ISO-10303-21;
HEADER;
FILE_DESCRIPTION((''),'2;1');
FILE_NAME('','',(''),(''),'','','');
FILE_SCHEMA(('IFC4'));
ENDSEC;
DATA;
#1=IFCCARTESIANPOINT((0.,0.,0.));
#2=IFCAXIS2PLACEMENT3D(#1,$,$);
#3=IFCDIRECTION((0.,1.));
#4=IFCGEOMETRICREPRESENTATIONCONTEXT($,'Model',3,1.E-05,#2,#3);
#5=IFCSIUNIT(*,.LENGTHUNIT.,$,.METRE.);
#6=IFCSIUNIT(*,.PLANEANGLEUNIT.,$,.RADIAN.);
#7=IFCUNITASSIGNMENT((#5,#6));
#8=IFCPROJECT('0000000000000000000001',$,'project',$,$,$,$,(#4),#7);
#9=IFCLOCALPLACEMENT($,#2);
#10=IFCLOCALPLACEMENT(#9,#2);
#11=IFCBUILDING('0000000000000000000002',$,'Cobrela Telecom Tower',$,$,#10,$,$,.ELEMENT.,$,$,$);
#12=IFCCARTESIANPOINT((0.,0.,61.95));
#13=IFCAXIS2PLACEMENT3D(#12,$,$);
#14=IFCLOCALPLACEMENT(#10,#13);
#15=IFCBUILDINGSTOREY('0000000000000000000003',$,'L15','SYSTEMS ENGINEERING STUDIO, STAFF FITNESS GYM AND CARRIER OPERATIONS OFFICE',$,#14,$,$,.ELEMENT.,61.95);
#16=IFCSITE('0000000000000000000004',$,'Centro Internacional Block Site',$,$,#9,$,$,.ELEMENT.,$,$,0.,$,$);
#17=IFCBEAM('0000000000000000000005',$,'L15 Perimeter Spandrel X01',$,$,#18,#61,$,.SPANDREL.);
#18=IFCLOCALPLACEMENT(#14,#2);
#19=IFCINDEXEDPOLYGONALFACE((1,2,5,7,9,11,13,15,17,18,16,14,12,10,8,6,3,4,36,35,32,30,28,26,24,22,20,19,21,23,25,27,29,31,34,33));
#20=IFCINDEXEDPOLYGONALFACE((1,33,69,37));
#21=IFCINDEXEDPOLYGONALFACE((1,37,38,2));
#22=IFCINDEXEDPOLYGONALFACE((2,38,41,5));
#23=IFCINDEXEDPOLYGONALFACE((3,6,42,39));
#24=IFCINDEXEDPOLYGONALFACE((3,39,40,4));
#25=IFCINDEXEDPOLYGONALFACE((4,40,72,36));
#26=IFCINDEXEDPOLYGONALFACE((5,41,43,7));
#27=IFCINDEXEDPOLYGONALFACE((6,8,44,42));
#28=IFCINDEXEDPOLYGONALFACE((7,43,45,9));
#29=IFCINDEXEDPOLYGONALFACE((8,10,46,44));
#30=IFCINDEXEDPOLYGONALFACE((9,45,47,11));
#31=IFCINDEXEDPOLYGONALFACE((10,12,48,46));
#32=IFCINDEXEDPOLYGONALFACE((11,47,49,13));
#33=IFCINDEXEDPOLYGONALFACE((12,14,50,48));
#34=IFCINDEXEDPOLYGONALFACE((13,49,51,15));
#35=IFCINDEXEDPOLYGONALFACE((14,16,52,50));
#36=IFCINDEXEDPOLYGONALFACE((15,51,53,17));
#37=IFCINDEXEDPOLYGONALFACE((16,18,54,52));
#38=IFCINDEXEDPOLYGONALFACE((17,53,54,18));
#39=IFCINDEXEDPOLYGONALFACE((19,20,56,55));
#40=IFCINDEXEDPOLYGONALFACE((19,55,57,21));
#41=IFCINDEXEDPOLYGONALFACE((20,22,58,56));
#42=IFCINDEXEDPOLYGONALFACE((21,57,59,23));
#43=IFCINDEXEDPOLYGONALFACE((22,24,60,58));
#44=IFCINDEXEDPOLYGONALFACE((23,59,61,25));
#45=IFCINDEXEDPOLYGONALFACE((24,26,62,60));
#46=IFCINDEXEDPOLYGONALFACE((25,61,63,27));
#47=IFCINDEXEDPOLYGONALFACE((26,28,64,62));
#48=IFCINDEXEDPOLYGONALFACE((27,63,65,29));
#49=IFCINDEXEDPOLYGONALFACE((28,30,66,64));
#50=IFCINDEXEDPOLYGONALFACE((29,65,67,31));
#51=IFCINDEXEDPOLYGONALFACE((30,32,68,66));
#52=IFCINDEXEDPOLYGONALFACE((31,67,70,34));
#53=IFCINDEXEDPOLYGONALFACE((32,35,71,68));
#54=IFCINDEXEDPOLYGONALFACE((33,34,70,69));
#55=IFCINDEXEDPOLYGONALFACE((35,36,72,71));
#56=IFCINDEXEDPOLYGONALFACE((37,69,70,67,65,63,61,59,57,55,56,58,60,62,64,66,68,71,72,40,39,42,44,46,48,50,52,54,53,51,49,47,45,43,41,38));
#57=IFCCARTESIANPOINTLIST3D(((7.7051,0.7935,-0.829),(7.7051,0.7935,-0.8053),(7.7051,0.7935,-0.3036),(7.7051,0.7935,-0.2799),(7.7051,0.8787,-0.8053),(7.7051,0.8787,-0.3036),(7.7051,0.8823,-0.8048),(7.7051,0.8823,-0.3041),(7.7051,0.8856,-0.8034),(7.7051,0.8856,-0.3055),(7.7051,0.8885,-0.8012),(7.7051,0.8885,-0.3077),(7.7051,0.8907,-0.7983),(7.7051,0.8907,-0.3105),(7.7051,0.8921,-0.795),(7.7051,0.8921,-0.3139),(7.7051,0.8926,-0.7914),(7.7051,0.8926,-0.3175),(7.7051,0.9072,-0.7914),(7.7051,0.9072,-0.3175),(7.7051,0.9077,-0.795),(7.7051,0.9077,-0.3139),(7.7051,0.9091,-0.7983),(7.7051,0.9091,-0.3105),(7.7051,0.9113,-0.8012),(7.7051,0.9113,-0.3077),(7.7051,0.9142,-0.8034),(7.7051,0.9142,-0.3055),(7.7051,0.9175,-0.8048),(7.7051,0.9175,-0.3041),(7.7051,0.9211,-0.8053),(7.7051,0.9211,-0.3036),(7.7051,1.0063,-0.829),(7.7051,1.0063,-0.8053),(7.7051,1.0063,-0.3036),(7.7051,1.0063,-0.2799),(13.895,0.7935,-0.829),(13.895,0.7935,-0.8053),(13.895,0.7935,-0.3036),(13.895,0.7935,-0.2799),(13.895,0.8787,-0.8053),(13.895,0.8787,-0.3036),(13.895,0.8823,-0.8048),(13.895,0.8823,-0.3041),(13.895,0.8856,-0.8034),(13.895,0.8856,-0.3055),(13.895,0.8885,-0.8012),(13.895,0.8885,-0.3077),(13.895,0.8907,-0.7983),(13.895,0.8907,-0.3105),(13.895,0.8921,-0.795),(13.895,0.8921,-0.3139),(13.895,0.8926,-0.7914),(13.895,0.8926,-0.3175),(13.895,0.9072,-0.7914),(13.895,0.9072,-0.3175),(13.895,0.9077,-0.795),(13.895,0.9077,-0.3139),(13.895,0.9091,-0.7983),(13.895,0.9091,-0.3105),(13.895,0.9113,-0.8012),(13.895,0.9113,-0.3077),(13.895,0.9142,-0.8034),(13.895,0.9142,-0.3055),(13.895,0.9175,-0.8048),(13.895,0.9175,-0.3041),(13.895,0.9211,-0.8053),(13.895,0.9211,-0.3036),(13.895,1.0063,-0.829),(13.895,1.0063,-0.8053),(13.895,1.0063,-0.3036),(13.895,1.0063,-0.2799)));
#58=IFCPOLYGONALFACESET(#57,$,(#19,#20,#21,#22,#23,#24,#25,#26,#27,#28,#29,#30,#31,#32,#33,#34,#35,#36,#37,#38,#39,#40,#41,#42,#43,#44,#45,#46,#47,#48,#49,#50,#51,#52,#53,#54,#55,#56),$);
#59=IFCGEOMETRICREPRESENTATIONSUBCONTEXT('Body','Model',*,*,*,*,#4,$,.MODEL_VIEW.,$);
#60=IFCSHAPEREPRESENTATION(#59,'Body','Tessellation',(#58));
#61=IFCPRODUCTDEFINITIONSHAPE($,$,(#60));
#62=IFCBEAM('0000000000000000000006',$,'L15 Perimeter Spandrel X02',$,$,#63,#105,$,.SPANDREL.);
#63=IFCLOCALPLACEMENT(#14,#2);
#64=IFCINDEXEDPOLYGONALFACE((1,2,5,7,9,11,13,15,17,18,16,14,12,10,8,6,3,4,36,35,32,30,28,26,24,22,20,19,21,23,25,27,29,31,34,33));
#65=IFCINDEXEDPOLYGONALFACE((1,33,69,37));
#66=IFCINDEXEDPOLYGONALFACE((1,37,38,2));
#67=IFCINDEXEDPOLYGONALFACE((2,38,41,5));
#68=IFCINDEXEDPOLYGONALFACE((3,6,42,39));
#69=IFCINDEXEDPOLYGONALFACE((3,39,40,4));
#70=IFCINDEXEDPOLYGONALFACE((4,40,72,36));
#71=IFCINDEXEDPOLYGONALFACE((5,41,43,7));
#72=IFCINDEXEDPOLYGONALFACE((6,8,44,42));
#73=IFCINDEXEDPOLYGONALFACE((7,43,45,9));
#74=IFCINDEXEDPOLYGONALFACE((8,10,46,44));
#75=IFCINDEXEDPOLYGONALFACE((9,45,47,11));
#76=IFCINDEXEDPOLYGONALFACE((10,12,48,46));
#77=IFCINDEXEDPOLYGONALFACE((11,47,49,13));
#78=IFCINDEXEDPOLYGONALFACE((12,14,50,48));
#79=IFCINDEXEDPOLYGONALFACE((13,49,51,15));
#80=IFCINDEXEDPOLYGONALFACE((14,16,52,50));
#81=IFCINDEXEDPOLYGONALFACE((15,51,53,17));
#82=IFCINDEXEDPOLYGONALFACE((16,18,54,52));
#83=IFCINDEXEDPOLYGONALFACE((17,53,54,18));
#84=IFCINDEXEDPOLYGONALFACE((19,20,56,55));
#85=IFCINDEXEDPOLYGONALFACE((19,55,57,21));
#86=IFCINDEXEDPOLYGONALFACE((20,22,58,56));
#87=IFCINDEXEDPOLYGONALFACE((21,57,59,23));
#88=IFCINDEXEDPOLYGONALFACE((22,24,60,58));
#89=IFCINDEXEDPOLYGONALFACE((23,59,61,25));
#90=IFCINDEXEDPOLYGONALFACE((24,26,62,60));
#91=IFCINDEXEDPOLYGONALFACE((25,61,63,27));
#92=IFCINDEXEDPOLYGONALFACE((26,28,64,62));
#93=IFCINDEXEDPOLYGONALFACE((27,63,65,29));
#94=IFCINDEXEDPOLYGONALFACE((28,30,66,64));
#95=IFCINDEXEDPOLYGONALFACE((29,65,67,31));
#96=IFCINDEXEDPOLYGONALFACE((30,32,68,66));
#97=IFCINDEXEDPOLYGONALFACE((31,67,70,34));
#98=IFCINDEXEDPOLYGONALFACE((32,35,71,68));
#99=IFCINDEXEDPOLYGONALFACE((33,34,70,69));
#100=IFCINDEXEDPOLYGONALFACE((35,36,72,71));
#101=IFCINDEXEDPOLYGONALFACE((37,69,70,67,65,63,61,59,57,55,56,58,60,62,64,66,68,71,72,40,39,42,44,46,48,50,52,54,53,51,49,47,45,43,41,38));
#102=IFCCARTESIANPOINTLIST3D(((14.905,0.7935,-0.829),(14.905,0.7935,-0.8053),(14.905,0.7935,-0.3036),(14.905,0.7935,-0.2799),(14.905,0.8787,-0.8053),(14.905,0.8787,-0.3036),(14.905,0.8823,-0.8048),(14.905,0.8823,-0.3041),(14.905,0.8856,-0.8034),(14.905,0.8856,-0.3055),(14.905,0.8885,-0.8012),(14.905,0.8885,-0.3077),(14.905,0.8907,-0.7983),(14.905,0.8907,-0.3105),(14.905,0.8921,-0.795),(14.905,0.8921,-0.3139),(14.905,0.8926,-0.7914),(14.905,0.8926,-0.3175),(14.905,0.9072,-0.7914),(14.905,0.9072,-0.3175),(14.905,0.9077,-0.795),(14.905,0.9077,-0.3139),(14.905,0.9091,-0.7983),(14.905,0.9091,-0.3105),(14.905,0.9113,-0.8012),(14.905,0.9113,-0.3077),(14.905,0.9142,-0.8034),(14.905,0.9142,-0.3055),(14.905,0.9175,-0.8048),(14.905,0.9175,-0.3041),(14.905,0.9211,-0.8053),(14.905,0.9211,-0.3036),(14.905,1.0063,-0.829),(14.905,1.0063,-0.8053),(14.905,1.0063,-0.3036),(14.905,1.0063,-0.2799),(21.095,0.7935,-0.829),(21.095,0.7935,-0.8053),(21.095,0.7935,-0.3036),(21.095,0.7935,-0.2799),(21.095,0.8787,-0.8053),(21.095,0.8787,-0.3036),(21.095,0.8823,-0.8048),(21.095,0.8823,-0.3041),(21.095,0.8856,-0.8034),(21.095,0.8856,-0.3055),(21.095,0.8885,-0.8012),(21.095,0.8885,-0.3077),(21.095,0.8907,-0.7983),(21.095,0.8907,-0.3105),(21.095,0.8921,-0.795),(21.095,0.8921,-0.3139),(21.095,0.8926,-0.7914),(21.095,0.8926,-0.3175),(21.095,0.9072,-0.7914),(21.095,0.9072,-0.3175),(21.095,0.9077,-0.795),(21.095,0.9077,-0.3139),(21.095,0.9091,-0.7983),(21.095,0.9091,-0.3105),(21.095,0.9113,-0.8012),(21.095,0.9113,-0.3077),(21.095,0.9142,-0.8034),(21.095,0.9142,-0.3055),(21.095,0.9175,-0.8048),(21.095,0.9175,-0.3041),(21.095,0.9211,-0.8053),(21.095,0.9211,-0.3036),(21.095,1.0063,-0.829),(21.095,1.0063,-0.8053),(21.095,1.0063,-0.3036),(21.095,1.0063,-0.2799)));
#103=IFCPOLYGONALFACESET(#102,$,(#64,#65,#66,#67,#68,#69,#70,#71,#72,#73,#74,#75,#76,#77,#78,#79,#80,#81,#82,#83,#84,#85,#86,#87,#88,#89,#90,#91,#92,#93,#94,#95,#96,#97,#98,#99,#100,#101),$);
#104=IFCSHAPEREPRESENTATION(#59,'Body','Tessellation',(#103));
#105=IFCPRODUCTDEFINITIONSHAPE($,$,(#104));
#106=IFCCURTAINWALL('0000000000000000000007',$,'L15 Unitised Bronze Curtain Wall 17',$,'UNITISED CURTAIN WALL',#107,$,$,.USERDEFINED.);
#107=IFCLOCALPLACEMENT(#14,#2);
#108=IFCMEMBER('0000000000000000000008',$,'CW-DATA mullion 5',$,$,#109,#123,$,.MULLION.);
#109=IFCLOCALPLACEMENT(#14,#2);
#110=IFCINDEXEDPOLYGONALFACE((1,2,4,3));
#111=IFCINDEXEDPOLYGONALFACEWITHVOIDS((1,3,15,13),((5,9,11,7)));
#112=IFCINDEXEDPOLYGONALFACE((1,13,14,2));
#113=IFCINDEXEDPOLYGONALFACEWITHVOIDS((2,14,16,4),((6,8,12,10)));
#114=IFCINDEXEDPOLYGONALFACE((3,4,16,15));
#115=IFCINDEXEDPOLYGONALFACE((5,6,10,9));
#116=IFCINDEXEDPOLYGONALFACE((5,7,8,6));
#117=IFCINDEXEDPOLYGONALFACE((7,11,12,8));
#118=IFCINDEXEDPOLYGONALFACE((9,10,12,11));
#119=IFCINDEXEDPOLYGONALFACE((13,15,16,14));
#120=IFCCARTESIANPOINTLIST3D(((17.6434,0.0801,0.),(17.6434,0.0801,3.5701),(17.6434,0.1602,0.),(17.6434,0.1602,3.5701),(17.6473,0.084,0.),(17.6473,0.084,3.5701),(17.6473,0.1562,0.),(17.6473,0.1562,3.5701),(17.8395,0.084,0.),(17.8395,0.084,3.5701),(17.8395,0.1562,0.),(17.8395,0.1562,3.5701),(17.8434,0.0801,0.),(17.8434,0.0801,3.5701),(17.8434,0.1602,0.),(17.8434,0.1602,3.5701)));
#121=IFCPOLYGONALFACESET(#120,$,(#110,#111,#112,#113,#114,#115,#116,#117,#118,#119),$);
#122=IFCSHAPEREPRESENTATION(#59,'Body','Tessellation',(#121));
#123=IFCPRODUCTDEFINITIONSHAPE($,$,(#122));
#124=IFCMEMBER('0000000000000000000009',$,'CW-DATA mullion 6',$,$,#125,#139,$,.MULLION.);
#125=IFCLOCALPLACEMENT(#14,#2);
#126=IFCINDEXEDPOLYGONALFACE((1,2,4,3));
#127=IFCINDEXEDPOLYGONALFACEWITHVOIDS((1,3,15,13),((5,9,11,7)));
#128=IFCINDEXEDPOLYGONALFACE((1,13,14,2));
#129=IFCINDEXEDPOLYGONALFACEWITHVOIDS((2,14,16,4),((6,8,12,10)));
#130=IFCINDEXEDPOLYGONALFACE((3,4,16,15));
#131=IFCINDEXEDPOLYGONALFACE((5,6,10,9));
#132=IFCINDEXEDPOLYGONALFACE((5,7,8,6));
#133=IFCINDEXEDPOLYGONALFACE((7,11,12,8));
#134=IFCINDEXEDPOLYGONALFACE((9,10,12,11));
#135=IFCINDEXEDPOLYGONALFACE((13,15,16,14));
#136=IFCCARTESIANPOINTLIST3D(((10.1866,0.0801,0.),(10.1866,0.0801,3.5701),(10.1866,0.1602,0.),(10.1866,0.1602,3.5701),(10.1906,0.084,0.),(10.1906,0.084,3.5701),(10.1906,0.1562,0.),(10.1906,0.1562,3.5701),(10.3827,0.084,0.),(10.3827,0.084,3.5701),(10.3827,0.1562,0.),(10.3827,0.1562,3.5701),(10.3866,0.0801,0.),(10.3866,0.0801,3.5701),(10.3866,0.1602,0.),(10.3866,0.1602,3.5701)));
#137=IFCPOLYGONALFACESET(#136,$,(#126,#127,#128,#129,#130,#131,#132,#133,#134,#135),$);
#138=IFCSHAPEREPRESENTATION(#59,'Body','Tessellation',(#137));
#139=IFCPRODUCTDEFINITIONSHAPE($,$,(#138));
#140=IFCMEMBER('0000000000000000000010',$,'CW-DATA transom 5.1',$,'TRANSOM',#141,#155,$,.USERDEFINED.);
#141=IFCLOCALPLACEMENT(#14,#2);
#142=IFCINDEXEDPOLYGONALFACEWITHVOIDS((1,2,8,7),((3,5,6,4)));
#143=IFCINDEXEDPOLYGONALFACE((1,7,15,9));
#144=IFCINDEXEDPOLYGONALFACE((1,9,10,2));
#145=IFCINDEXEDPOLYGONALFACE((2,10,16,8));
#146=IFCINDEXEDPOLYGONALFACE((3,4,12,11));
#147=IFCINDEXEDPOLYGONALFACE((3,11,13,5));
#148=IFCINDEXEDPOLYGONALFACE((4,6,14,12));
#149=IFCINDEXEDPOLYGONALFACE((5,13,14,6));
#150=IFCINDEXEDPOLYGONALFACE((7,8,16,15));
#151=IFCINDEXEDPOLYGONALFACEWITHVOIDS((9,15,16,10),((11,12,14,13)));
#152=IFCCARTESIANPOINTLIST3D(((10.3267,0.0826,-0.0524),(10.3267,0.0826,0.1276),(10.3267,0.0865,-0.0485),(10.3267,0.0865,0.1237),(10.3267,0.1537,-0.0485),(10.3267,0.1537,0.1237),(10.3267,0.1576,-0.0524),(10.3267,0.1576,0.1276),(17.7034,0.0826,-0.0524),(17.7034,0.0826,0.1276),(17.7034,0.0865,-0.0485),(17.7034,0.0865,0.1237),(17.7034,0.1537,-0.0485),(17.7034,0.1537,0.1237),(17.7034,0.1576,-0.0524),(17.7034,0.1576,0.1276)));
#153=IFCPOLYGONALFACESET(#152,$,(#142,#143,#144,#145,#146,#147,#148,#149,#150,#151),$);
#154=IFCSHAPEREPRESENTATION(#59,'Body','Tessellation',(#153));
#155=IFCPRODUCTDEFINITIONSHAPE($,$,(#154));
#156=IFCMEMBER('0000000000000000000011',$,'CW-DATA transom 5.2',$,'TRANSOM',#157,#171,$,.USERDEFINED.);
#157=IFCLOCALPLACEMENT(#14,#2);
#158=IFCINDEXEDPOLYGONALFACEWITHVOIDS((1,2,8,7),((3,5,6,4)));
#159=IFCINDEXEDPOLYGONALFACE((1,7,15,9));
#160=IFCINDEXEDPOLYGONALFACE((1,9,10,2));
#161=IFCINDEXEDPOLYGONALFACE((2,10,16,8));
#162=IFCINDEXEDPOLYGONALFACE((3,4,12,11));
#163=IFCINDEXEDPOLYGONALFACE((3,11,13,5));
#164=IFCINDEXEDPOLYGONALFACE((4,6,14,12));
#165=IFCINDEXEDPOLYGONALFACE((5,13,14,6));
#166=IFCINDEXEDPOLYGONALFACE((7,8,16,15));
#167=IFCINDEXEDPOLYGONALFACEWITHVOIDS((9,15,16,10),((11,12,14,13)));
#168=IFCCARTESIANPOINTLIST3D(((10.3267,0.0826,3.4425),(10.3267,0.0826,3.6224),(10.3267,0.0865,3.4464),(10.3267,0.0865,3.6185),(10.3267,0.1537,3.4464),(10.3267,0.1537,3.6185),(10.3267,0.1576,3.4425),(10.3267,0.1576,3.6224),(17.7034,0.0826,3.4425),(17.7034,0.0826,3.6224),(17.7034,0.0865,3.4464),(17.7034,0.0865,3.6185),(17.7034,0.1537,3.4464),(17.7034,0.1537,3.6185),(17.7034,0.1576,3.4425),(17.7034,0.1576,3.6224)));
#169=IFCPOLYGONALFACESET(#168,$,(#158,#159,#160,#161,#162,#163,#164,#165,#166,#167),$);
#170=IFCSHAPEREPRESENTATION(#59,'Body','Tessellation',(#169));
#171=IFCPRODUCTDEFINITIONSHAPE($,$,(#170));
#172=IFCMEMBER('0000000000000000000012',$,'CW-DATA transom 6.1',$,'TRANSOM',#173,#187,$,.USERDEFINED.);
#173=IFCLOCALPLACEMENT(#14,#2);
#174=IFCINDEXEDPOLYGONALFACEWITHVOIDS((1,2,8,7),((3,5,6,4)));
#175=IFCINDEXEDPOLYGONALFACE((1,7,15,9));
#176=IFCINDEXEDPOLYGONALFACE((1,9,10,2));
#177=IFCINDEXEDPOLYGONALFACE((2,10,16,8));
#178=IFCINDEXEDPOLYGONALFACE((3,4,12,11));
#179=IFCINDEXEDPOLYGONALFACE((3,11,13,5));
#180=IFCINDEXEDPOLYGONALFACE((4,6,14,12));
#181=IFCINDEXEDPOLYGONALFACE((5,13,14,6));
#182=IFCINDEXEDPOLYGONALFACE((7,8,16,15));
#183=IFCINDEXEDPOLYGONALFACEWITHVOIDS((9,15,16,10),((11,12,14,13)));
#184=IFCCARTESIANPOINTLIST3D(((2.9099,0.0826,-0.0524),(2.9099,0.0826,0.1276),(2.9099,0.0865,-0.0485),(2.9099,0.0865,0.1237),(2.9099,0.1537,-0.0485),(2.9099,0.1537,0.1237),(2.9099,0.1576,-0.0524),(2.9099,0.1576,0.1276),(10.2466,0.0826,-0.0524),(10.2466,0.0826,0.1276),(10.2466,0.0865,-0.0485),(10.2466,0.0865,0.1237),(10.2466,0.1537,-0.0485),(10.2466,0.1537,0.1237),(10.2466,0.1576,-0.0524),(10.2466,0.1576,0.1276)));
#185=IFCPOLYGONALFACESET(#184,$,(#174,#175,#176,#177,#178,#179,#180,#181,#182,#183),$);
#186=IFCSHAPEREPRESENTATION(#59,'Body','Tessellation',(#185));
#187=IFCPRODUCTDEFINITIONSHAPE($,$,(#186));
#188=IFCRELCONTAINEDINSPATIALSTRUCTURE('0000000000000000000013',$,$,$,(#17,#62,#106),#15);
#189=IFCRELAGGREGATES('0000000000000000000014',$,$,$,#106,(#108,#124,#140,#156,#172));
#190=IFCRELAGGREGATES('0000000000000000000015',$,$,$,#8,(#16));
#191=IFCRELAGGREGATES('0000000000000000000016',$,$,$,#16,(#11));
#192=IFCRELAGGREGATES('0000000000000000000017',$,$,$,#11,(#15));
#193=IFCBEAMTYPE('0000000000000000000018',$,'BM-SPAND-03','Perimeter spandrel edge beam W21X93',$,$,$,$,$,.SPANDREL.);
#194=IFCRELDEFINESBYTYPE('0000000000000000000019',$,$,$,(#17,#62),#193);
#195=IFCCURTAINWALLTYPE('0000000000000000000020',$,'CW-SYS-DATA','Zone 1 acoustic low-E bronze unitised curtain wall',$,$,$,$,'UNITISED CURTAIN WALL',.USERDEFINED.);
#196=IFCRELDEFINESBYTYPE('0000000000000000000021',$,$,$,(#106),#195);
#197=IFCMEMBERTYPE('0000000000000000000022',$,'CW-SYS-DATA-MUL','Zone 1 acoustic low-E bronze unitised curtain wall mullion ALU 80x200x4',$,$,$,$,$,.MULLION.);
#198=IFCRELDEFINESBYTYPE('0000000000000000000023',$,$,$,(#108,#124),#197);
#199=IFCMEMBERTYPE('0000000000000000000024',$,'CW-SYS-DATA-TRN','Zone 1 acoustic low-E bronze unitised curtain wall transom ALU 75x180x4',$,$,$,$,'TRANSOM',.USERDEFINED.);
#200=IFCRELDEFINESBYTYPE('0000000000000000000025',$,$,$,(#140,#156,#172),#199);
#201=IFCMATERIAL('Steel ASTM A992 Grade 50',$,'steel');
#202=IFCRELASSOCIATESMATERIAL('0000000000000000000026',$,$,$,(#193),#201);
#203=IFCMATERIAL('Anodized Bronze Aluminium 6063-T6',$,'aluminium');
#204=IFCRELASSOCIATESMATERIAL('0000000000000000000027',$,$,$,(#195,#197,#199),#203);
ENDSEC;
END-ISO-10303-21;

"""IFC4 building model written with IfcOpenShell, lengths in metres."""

from ifc_helpers import new_model, si_unit, direction, frame, origin, origin_2d, place, context, subcontext, project, spatial, hollow_rectangle, i_section, extrude, material, material_profile, profile_set, type_object, element, aggregate, save


model = new_model("IFC4")

# Units and contexts
model_context = context("Model", 3, precision=1e-05, world=origin(), true_north=direction((0.0, 1.0)))
body_context = subcontext(model_context, "Body", "Model", "MODEL_VIEW")
ifc_project = project(units=[si_unit("LENGTHUNIT", "METRE"), si_unit("PLANEANGLEUNIT", "RADIAN")], contexts=[model_context])

# Site, building, storey
site_placement = place(None, origin())
site = spatial("IfcSite", under=ifc_project, at=site_placement, Name="Centro Internacional Block Site", CompositionType="ELEMENT", RefElevation=0.0)
building_placement = place(site_placement, origin())
building = spatial("IfcBuilding", under=site, at=building_placement, Name="Cobrela Telecom Tower", CompositionType="ELEMENT")
storey_placement = place(building_placement, frame((0.0, 0.0, 61.95)))
storey = spatial("IfcBuildingStorey", under=building, at=storey_placement, Name="L15", Description="SYSTEMS ENGINEERING STUDIO, STAFF FITNESS GYM AND CARRIER OPERATIONS OFFICE", CompositionType="ELEMENT", Elevation=61.95)

# Beams
ifc_material_1 = material(Name="Steel ASTM A992 Grade 50", Category="steel")
ifc_material_profile_1 = material_profile(ifc_material_1, i_section(OverallWidth=0.2129, OverallDepth=0.5491, WebThickness=0.0146, FlangeThickness=0.0237, FilletRadius=0.0139, at=origin_2d()), Name="W21X93")
ifc_profile_set_1 = profile_set([ifc_material_profile_1], Name="Steel ASTM A992 Grade 50")
beam_type_1 = type_object("IfcBeamType", Name="BM-SPAND-03", Description="Perimeter spandrel edge beam W21X93", PredefinedType="SPANDREL", material=ifc_profile_set_1)
for number, where, z_axis, x_axis, name in (
    (1, (7.7051, 0.8999, -0.5544), (1.0, 0.0, 0.0), (0.0, 1.0, 0.0), "L15 Perimeter Spandrel X01"),
    (2, (14.905, 0.8999, -0.5544), (1.0, 0.0, 0.0), (0.0, 1.0, 0.0), "L15 Perimeter Spandrel X02"),
):
    element("IfcBeam", number, at=place(storey_placement, frame(where, z_axis=z_axis, x_axis=x_axis)), inside=storey, type_object=beam_type_1, Name=name, PredefinedType="SPANDREL", context=body_context, shape_type="SweptSolid", body=[
        extrude(i_section(OverallWidth=0.2129, OverallDepth=0.5491, WebThickness=0.0146, FlangeThickness=0.0237, FilletRadius=0.0139, at=origin_2d()), origin(), (0.0, 0.0, 1.0), 6.1899),
    ])

# Curtain wall, members
ifc_material_2 = material(Name="Anodized Bronze Aluminium 6063-T6", Category="aluminium")
curtain_wall_type = type_object("IfcCurtainWallType", Name="CW-SYS-DATA", Description="Zone 1 acoustic low-E bronze unitised curtain wall", ElementType="UNITISED CURTAIN WALL", PredefinedType="USERDEFINED", material=ifc_material_2)
curtain_wall_placement = place(storey_placement, origin())
curtain_wall = element("IfcCurtainWall", 3, at=curtain_wall_placement, inside=storey, type_object=curtain_wall_type, Name="L15 Unitised Bronze Curtain Wall 17", ObjectType="UNITISED CURTAIN WALL", PredefinedType="USERDEFINED")
ifc_material_profile_2 = material_profile(ifc_material_2, hollow_rectangle(XDim=0.0801, YDim=0.2, WallThickness=0.0039, at=origin_2d()), Name="ALU 80x200x4")
ifc_profile_set_2 = profile_set([ifc_material_profile_2], Name="Anodized Bronze Aluminium 6063-T6")
member_type_1 = type_object("IfcMemberType", Name="CW-SYS-DATA-MUL", Description="Zone 1 acoustic low-E bronze unitised curtain wall mullion ALU 80x200x4", PredefinedType="MULLION", material=ifc_profile_set_2)
member_1_placement = place(storey_placement, frame((17.7434, 0.1201, 0.0), z_axis=(0.0, 0.0, 1.0), x_axis=(0.0, -1.0, 0.0)))
member_1 = element("IfcMember", 4, at=member_1_placement, type_object=member_type_1, Name="CW-DATA mullion 5", PredefinedType="MULLION", context=body_context, shape_type="SweptSolid", body=[
    extrude(hollow_rectangle(XDim=0.0801, YDim=0.2, WallThickness=0.0039, at=origin_2d()), origin(), (0.0, 0.0, 1.0), 3.5701),
])
member_2_placement = place(storey_placement, frame((10.2866, 0.1201, 0.0), z_axis=(0.0, 0.0, 1.0), x_axis=(0.0, -1.0, 0.0)))
member_2 = element("IfcMember", 5, at=member_2_placement, type_object=member_type_1, Name="CW-DATA mullion 6", PredefinedType="MULLION", context=body_context, shape_type="SweptSolid", body=[
    extrude(hollow_rectangle(XDim=0.0801, YDim=0.2, WallThickness=0.0039, at=origin_2d()), origin(), (0.0, 0.0, 1.0), 3.5701),
])
ifc_material_profile_3 = material_profile(ifc_material_2, hollow_rectangle(XDim=0.075, YDim=0.1799, WallThickness=0.0039, at=origin_2d()), Name="ALU 75x180x4")
ifc_profile_set_3 = profile_set([ifc_material_profile_3], Name="Anodized Bronze Aluminium 6063-T6")
member_type_2 = type_object("IfcMemberType", Name="CW-SYS-DATA-TRN", Description="Zone 1 acoustic low-E bronze unitised curtain wall transom ALU 75x180x4", ElementType="TRANSOM", PredefinedType="USERDEFINED", material=ifc_profile_set_3)
member_3_placement = place(storey_placement, frame((17.7034, 0.1201, 0.0376), z_axis=(-1.0, 0.0, 0.0), x_axis=(0.0, -1.0, 0.0)))
member_3 = element("IfcMember", 6, at=member_3_placement, type_object=member_type_2, Name="CW-DATA transom 5.1", ObjectType="TRANSOM", PredefinedType="USERDEFINED", context=body_context, shape_type="SweptSolid", body=[
    extrude(hollow_rectangle(XDim=0.075, YDim=0.1799, WallThickness=0.0039, at=origin_2d()), origin(), (0.0, 0.0, 1.0), 7.3767),
])
member_4_placement = place(storey_placement, frame((17.7034, 0.1201, 3.5325), z_axis=(-1.0, 0.0, 0.0), x_axis=(0.0, -1.0, 0.0)))
member_4 = element("IfcMember", 7, at=member_4_placement, type_object=member_type_2, Name="CW-DATA transom 5.2", ObjectType="TRANSOM", PredefinedType="USERDEFINED", context=body_context, shape_type="SweptSolid", body=[
    extrude(hollow_rectangle(XDim=0.075, YDim=0.1799, WallThickness=0.0039, at=origin_2d()), origin(), (0.0, 0.0, 1.0), 7.3767),
])
member_5_placement = place(storey_placement, frame((10.2466, 0.1201, 0.0376), z_axis=(-1.0, 0.0, 0.0), x_axis=(0.0, -1.0, 0.0)))
member_5 = element("IfcMember", 8, at=member_5_placement, type_object=member_type_2, Name="CW-DATA transom 6.1", ObjectType="TRANSOM", PredefinedType="USERDEFINED", context=body_context, shape_type="SweptSolid", body=[
    extrude(hollow_rectangle(XDim=0.075, YDim=0.1799, WallThickness=0.0039, at=origin_2d()), origin(), (0.0, 0.0, 1.0), 7.3367),
])
aggregate(curtain_wall, [member_1, member_2, member_3, member_4, member_5])

save(model, "model.ifc")
